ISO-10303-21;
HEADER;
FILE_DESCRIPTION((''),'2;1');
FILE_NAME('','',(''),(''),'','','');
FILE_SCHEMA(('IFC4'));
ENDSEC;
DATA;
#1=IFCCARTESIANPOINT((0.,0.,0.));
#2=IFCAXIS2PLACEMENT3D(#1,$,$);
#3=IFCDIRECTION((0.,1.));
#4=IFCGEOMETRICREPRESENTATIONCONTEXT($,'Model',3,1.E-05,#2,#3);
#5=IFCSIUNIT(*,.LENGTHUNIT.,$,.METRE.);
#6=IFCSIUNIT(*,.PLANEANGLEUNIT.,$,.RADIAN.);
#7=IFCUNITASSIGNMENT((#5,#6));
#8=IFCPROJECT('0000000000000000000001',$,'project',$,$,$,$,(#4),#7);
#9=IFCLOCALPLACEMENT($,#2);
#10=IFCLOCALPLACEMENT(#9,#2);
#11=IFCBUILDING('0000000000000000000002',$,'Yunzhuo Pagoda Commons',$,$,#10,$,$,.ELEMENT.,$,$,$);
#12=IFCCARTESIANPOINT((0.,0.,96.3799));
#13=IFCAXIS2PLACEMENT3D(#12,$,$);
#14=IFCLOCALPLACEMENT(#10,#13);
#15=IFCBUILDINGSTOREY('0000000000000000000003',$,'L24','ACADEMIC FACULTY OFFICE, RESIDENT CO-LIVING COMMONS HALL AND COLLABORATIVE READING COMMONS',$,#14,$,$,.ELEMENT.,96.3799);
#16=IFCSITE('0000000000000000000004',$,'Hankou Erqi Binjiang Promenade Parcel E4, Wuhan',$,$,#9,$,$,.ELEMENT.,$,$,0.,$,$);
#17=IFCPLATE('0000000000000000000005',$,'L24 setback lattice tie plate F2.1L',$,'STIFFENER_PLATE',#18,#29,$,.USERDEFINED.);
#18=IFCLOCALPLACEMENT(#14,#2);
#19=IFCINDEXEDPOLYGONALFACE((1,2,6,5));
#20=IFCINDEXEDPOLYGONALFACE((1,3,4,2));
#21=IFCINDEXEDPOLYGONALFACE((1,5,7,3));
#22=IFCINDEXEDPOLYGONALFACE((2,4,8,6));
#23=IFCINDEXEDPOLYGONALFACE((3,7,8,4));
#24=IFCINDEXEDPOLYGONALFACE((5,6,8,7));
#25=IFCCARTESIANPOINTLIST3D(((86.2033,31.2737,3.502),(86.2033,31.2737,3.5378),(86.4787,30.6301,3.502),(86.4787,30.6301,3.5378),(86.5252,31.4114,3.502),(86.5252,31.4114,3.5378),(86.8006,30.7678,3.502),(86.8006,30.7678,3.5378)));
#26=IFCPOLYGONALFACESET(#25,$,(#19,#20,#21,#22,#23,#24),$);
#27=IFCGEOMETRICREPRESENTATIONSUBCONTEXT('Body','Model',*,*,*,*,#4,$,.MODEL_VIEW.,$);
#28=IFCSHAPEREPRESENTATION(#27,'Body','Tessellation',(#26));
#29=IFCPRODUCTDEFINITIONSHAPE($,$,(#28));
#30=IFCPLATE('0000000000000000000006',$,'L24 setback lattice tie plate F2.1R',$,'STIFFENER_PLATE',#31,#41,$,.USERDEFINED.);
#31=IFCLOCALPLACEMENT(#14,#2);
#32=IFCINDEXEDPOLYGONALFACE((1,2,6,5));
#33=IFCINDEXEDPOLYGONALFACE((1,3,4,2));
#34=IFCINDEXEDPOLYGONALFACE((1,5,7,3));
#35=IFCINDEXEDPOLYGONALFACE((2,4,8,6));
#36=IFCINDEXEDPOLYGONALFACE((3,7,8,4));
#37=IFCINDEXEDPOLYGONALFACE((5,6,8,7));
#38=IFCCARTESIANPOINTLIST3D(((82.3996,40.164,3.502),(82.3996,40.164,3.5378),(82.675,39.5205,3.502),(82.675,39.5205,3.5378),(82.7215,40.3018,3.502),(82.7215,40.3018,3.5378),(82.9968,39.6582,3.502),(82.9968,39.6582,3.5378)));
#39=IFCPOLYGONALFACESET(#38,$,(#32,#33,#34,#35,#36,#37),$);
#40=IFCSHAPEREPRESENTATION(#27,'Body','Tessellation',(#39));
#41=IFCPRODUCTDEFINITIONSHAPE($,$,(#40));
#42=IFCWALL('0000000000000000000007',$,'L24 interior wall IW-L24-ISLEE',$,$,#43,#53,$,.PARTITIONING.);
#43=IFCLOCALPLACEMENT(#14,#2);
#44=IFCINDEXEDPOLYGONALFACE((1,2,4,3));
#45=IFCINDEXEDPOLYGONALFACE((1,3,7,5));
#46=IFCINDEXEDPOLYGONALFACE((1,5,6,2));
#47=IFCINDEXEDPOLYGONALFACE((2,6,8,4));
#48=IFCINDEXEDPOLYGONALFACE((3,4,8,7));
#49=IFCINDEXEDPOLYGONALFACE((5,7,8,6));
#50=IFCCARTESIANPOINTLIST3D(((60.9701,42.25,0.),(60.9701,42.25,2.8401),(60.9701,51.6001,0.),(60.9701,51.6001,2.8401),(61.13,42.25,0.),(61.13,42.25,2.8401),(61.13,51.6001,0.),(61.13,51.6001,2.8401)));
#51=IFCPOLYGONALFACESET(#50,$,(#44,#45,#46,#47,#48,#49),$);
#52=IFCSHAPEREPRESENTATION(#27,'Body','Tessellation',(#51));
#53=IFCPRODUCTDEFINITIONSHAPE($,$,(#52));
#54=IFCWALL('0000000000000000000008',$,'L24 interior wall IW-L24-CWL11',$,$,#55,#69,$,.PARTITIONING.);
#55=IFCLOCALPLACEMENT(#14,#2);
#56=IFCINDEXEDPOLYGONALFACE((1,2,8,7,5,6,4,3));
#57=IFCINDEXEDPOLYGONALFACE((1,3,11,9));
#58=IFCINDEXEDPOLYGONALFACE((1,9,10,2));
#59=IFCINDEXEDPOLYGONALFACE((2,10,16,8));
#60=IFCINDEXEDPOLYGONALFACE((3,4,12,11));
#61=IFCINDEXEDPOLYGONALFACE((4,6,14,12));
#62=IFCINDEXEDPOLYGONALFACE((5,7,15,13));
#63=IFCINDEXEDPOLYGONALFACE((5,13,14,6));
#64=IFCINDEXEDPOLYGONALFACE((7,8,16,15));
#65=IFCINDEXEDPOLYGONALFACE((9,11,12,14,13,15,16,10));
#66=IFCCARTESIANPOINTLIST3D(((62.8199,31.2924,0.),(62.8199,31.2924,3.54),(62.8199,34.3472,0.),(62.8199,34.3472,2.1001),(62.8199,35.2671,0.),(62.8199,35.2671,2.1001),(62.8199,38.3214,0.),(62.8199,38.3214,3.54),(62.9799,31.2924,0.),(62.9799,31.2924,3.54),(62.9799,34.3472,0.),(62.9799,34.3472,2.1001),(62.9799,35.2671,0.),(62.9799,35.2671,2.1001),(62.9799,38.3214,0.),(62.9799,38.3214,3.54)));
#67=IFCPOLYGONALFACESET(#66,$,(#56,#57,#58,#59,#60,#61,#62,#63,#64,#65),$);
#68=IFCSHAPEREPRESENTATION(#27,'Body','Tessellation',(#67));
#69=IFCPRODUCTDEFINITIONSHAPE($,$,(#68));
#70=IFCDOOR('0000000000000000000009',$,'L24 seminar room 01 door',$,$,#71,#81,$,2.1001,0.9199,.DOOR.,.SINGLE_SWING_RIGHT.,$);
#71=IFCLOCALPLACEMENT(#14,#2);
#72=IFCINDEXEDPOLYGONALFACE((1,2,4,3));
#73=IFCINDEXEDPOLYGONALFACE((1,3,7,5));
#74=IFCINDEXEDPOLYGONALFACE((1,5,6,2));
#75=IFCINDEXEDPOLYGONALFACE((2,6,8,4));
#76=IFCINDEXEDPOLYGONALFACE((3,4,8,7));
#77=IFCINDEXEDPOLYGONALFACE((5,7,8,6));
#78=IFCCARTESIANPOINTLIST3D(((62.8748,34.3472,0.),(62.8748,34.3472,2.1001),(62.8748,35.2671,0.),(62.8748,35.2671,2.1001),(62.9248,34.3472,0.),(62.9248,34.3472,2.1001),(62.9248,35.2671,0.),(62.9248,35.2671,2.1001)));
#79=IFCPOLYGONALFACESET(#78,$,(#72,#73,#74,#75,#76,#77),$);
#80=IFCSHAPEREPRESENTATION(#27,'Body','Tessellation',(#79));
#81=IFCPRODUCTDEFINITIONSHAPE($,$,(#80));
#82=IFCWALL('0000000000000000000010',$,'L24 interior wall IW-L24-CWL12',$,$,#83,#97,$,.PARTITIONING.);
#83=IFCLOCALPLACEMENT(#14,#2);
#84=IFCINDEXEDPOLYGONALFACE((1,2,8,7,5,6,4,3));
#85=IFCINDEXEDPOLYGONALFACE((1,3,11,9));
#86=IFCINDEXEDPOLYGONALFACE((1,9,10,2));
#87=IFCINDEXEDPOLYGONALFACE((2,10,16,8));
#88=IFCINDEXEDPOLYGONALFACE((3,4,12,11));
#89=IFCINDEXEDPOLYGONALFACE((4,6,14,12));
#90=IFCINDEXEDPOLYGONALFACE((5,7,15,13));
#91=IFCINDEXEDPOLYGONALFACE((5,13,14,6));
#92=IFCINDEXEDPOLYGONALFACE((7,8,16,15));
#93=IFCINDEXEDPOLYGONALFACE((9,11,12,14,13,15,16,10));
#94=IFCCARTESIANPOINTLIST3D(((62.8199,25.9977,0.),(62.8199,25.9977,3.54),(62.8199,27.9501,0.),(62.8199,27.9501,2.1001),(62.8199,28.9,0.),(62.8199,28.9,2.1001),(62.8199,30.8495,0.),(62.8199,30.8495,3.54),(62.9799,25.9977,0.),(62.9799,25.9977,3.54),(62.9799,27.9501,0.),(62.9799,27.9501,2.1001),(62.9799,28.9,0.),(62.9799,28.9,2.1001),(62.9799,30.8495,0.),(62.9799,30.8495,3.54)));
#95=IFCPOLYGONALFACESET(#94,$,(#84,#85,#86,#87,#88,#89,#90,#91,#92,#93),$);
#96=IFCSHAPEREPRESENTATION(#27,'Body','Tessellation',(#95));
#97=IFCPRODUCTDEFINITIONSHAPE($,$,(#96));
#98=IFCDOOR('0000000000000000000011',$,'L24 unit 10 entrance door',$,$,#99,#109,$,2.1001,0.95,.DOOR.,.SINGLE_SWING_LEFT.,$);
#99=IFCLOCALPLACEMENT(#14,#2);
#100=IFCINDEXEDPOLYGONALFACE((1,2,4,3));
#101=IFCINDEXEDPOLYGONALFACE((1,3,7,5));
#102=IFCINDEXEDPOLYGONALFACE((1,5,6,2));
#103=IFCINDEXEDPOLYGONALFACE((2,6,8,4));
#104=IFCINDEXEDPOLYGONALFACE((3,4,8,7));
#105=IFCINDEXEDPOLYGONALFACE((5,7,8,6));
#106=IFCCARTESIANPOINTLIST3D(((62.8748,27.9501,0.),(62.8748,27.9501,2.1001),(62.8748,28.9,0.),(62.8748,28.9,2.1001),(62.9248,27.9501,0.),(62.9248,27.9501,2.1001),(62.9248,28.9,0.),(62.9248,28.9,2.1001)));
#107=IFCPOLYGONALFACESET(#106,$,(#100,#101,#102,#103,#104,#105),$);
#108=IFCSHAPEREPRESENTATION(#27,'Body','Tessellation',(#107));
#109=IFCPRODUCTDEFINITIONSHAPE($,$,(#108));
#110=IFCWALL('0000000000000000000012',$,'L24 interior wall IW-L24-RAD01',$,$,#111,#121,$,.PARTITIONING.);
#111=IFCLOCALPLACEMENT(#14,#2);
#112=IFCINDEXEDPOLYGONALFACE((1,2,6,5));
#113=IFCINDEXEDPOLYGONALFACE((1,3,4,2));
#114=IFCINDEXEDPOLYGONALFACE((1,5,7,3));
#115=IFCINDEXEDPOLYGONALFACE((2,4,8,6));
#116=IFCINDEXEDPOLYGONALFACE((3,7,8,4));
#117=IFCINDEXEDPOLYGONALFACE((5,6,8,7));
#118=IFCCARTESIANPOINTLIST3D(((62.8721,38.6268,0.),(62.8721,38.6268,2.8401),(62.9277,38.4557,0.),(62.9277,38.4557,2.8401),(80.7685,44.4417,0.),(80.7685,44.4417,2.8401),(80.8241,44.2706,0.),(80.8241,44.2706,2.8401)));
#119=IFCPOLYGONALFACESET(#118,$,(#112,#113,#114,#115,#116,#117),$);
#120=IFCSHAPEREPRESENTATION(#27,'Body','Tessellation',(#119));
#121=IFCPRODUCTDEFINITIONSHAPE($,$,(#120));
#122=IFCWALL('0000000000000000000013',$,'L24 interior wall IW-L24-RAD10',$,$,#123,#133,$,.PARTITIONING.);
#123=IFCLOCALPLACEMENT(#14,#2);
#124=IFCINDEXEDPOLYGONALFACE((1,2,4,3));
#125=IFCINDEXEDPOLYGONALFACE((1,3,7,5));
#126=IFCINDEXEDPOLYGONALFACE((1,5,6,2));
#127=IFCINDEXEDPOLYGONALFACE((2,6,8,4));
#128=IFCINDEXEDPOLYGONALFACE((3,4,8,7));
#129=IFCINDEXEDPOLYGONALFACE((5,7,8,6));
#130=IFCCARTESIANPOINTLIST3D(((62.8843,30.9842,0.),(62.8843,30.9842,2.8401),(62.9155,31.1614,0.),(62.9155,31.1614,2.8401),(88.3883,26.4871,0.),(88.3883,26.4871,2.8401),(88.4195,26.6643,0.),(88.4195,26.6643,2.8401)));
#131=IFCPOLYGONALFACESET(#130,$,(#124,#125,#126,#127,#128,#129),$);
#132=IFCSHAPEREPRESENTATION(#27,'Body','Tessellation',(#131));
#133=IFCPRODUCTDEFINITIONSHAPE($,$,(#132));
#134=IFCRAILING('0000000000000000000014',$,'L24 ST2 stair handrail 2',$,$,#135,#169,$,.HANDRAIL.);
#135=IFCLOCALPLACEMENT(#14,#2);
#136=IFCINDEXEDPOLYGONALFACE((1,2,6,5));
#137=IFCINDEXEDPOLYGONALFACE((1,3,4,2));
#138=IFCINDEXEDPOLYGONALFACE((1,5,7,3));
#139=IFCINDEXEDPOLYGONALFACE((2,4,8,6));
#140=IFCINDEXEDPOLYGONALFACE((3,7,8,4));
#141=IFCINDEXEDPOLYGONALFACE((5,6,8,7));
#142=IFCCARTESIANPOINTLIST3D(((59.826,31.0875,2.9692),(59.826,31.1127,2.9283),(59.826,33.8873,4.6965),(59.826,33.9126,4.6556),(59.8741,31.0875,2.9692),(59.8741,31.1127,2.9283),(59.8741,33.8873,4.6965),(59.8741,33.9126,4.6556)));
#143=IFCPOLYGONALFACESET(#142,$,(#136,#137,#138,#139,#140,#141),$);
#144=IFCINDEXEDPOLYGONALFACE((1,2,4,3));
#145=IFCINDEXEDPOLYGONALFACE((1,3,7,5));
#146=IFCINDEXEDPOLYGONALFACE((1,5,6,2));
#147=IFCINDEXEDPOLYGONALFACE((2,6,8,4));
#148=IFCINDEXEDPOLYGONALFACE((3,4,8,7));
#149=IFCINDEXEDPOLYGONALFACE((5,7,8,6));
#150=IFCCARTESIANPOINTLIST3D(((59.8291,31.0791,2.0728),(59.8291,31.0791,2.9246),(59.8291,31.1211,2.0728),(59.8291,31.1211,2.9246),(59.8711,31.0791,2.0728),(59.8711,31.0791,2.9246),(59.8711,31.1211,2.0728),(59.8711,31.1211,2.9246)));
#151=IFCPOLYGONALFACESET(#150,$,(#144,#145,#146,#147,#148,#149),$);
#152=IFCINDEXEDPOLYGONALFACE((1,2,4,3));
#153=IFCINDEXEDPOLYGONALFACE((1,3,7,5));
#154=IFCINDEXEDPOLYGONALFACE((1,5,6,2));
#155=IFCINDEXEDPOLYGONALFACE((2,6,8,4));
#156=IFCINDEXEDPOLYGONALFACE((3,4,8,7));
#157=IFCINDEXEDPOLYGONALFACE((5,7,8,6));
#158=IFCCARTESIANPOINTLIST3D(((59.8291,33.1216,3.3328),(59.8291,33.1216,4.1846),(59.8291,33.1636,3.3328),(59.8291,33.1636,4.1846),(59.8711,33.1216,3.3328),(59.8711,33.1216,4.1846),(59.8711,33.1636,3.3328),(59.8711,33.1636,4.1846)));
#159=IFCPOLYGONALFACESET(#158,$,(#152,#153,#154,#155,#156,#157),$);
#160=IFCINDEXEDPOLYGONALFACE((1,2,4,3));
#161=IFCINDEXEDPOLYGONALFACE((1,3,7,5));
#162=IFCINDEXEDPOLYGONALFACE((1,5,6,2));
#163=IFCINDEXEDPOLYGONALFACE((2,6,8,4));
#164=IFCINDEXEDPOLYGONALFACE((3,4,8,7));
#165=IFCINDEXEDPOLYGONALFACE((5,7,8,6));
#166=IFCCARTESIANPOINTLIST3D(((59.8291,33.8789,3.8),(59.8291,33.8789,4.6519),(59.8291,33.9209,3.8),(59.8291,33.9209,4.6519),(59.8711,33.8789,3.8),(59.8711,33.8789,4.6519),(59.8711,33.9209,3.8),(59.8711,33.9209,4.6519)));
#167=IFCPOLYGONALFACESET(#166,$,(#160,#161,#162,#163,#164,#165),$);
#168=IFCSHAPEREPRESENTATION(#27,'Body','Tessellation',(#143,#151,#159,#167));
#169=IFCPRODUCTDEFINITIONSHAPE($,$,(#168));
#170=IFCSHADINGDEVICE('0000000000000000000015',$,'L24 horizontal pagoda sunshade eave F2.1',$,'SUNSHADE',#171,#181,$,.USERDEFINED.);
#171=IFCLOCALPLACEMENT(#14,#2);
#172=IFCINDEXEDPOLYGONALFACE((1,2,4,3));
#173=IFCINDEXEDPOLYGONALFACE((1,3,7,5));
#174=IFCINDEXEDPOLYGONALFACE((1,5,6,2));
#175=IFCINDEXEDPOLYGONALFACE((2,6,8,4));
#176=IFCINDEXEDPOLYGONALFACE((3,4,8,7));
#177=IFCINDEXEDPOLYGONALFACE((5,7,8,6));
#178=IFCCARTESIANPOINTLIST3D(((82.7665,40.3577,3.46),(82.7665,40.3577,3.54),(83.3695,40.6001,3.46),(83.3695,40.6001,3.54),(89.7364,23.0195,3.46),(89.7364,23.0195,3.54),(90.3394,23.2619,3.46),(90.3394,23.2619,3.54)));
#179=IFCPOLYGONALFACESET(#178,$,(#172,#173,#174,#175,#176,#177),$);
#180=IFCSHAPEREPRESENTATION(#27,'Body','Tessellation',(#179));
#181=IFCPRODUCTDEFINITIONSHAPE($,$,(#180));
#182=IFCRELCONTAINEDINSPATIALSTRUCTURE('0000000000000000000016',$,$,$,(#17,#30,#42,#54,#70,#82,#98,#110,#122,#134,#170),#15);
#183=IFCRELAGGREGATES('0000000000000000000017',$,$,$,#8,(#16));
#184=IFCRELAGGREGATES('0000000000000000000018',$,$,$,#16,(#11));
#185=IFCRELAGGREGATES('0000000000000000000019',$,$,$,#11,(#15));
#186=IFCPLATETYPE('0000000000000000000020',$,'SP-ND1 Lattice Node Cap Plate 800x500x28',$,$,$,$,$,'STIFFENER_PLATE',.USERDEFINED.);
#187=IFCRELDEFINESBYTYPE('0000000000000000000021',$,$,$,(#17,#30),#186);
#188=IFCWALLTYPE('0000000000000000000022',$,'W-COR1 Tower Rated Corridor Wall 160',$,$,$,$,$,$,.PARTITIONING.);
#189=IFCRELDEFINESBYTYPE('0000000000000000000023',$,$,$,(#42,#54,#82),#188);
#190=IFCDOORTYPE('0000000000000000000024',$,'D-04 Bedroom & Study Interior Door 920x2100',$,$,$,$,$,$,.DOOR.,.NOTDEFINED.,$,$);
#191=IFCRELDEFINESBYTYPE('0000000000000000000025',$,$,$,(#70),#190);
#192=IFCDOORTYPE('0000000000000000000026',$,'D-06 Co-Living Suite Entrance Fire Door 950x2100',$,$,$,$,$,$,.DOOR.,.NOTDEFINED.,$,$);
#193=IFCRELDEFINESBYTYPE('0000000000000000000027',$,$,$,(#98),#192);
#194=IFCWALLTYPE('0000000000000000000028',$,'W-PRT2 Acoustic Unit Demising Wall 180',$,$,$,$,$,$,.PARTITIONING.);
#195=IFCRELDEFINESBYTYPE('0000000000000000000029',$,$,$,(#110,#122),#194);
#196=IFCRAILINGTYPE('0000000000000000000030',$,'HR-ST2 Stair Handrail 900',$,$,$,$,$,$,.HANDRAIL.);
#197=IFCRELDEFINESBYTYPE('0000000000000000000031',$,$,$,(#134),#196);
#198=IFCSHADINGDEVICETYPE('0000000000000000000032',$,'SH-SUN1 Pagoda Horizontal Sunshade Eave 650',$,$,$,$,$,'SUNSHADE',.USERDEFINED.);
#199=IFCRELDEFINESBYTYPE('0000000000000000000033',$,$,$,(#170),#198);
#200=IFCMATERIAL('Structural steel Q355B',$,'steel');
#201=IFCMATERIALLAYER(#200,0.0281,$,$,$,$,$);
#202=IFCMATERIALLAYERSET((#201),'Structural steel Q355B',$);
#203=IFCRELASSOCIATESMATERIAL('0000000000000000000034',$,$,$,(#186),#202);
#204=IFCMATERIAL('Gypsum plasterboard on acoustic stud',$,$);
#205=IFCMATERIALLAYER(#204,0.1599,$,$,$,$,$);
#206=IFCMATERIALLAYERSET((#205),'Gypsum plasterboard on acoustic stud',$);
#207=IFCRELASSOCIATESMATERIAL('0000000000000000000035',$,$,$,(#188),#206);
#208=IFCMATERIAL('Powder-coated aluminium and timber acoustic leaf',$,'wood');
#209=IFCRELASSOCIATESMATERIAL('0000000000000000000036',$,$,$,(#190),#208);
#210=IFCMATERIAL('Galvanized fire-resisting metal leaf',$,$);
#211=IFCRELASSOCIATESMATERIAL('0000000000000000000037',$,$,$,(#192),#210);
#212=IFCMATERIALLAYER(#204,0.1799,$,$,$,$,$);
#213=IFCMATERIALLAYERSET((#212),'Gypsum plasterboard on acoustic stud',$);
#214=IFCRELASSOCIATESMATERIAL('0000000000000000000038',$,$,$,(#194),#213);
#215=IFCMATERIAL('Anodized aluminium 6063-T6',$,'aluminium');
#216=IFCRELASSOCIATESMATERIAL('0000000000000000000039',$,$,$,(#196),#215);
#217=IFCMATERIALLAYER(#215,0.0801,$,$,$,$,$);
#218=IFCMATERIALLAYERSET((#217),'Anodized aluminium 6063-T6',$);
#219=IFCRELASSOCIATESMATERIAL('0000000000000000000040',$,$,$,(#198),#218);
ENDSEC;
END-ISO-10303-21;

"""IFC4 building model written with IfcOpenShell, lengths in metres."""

from ifc_helpers import new_model, si_unit, direction, frame, frame_2d, origin, origin_with_axes, origin_2d, place, context, subcontext, project, spatial, rectangle, extrude, source, transform, mapped, material, layer, layer_set, type_object, element, fill, save


model = new_model("IFC4")

# Units and contexts
model_context = context("Model", 3, precision=1e-05, world=origin(), true_north=direction((0.0, 1.0)))
body_context = subcontext(model_context, "Body", "Model", "MODEL_VIEW")
ifc_project = project(units=[si_unit("LENGTHUNIT", "METRE"), si_unit("PLANEANGLEUNIT", "RADIAN")], contexts=[model_context])

# Site, building, storey
site_placement = place(None, origin())
site = spatial("IfcSite", under=ifc_project, at=site_placement, Name="Hankou Erqi Binjiang Promenade Parcel E4, Wuhan", CompositionType="ELEMENT", RefElevation=0.0)
building_placement = place(site_placement, origin())
building = spatial("IfcBuilding", under=site, at=building_placement, Name="Yunzhuo Pagoda Commons", CompositionType="ELEMENT")
storey_placement = place(building_placement, frame((0.0, 0.0, 96.3799)))
storey = spatial("IfcBuildingStorey", under=building, at=storey_placement, Name="L24", Description="ACADEMIC FACULTY OFFICE, RESIDENT CO-LIVING COMMONS HALL AND COLLABORATIVE READING COMMONS", CompositionType="ELEMENT", Elevation=96.3799)

# Shared definitions
ifc_material_1 = material(Name="Structural steel Q355B", Category="steel")

# Shared definitions
ifc_material_2 = material(Name="Anodized aluminium 6063-T6", Category="aluminium")

# Plates
ifc_layer_1 = layer(ifc_material_1, 0.0281)
ifc_layer_set_1 = layer_set([ifc_layer_1], Name="Structural steel Q355B")
plate_type_1 = type_object("IfcPlateType", Name="SP-ND1 Lattice Node Cap Plate 800x500x28", ElementType="STIFFENER_PLATE", PredefinedType="USERDEFINED", material=ifc_layer_set_1)
shared_shape_1 = source(origin(), body_context, "Body", "SweptSolid", [
    extrude(rectangle(XDim=0.7, YDim=0.3501, at=origin_2d()), origin(), (0.0, 0.0, 1.0), 0.0359),
])
for number, where, z_axis, x_axis, name in (
    (1, (86.502, 31.0208, 3.502), (0.0, 0.0, 1.0), (-0.393364, 0.919383, 0.0), "L24 setback lattice tie plate F2.1L"),
    (2, (82.6982, 39.9111, 3.502), (0.0, 0.0, 1.0), (-0.393364, 0.919383, 0.0), "L24 setback lattice tie plate F2.1R"),
):
    element("IfcPlate", number, at=place(storey_placement, frame(where, z_axis=z_axis, x_axis=x_axis)), inside=storey, type_object=plate_type_1, Name=name, ObjectType="STIFFENER_PLATE", PredefinedType="USERDEFINED", context=body_context, shape_type="MappedRepresentation", body=[
        mapped(shared_shape_1, transform((0.0, 0.0, 0.0), scale=1.0)),
    ])

# Wall
ifc_material_3 = material(Name="Gypsum plasterboard on acoustic stud")
ifc_layer_2 = layer(ifc_material_3, 0.1599)
ifc_layer_set_2 = layer_set([ifc_layer_2], Name="Gypsum plasterboard on acoustic stud")
wall_type_1 = type_object("IfcWallType", Name="W-COR1 Tower Rated Corridor Wall 160", PredefinedType="PARTITIONING", material=ifc_layer_set_2)
wall_1_placement = place(storey_placement, frame((61.05, 42.25, 0.0), z_axis=(0.0, 0.0, 1.0), x_axis=(0.0, 1.0, 0.0)))
element("IfcWall", 3, at=wall_1_placement, inside=storey, type_object=wall_type_1, Name="L24 interior wall IW-L24-ISLEE", PredefinedType="PARTITIONING", context=body_context, shape_type="SweptSolid", body=[
    extrude(rectangle(XDim=9.3501, YDim=0.1599, at=frame_2d((4.675, 0.0))), origin(), (0.0, 0.0, 1.0), 2.8401),
])

# Walls, openings, doors
wall_2_placement = place(storey_placement, frame((62.8999, 38.3215, 0.0), z_axis=(0.0, 0.0, 1.0), x_axis=(0.0, -1.0, 0.0)))
wall_2 = element("IfcWall", 4, at=wall_2_placement, inside=storey, type_object=wall_type_1, Name="L24 interior wall IW-L24-CWL11", PredefinedType="PARTITIONING", context=body_context, shape_type="SweptSolid", body=[
    extrude(rectangle(XDim=7.0291, YDim=0.1599, at=frame_2d((3.5146, 0.0))), origin(), (0.0, 0.0, 1.0), 3.54),
])
opening_1_placement = place(wall_2_placement, frame((3.0544, 0.0, 0.0)))
opening_1 = element("IfcOpeningElement", 5, at=opening_1_placement, cuts=wall_2, PredefinedType="OPENING", context=body_context, shape_type="SweptSolid", body=[
    extrude(rectangle(XDim=0.9199, YDim=2.1001, at=frame_2d((0.46, 1.05))), frame((0.0, 0.0898, 0.0), z_axis=(0.0, -1.0, 0.0), x_axis=(1.0, 0.0, 0.0)), (0.0, 0.0, 1.0), 0.1799),
])
ifc_material_4 = material(Name="Powder-coated aluminium and timber acoustic leaf", Category="wood")
door_type_1 = type_object("IfcDoorType", Name="D-04 Bedroom & Study Interior Door 920x2100", OperationType="NOTDEFINED", PredefinedType="DOOR", material=ifc_material_4)
shared_shape_2 = source(origin(), body_context, "Body", "SweptSolid", [
    extrude(rectangle(XDim=0.9199, YDim=2.1001, at=frame_2d((0.46, 1.05))), frame((0.0, 0.0249, 0.0), z_axis=(0.0, -1.0, 0.0), x_axis=(1.0, 0.0, 0.0)), (0.0, 0.0, 1.0), 0.05),
])
door_1_placement = place(opening_1_placement, origin_with_axes())
door_1 = element("IfcDoor", 6, at=door_1_placement, inside=storey, type_object=door_type_1, Name="L24 seminar room 01 door", OperationType="SINGLE_SWING_RIGHT", OverallHeight=2.1001, OverallWidth=0.9199, PredefinedType="DOOR", context=body_context, shape_type="MappedRepresentation", body=[
    mapped(shared_shape_2, transform((0.0, 0.0, 0.0), scale=1.0)),
])
fill(opening_1, door_1)
wall_3_placement = place(storey_placement, frame((62.8999, 30.8494, 0.0), z_axis=(0.0, 0.0, 1.0), x_axis=(0.0, -1.0, 0.0)))
wall_3 = element("IfcWall", 7, at=wall_3_placement, inside=storey, type_object=wall_type_1, Name="L24 interior wall IW-L24-CWL12", PredefinedType="PARTITIONING", context=body_context, shape_type="SweptSolid", body=[
    extrude(rectangle(XDim=4.8518, YDim=0.1599, at=frame_2d((2.4258, 0.0))), origin(), (0.0, 0.0, 1.0), 3.54),
])
opening_2_placement = place(wall_3_placement, frame((1.9492, 0.0, 0.0)))
opening_2 = element("IfcOpeningElement", 8, at=opening_2_placement, cuts=wall_3, PredefinedType="OPENING", context=body_context, shape_type="SweptSolid", body=[
    extrude(rectangle(XDim=0.95, YDim=2.1001, at=frame_2d((0.4751, 1.05))), frame((0.0, 0.0898, 0.0), z_axis=(0.0, -1.0, 0.0), x_axis=(1.0, 0.0, 0.0)), (0.0, 0.0, 1.0), 0.1799),
])
ifc_material_5 = material(Name="Galvanized fire-resisting metal leaf")
door_type_2 = type_object("IfcDoorType", Name="D-06 Co-Living Suite Entrance Fire Door 950x2100", OperationType="NOTDEFINED", PredefinedType="DOOR", material=ifc_material_5)
shared_shape_3 = source(origin(), body_context, "Body", "SweptSolid", [
    extrude(rectangle(XDim=0.95, YDim=2.1001, at=frame_2d((0.4751, 1.05))), frame((0.0, 0.0249, 0.0), z_axis=(0.0, -1.0, 0.0), x_axis=(1.0, 0.0, 0.0)), (0.0, 0.0, 1.0), 0.05),
])
door_2_placement = place(opening_2_placement, origin_with_axes())
door_2 = element("IfcDoor", 9, at=door_2_placement, inside=storey, type_object=door_type_2, Name="L24 unit 10 entrance door", OperationType="SINGLE_SWING_LEFT", OverallHeight=2.1001, OverallWidth=0.95, PredefinedType="DOOR", context=body_context, shape_type="MappedRepresentation", body=[
    mapped(shared_shape_3, transform((0.0, 0.0, 0.0), scale=1.0)),
])
fill(opening_2, door_2)

# Walls
ifc_layer_3 = layer(ifc_material_3, 0.1799)
ifc_layer_set_3 = layer_set([ifc_layer_3], Name="Gypsum plasterboard on acoustic stud")
wall_type_2 = type_object("IfcWallType", Name="W-PRT2 Acoustic Unit Demising Wall 180", PredefinedType="PARTITIONING", material=ifc_layer_set_3)
wall_4_placement = place(storey_placement, frame((62.8999, 38.5413, 0.0), z_axis=(0.0, 0.0, 1.0), x_axis=(0.951056, 0.309018, 0.0)))
element("IfcWall", 10, at=wall_4_placement, inside=storey, type_object=wall_type_2, Name="L24 interior wall IW-L24-RAD01", PredefinedType="PARTITIONING", context=body_context, shape_type="SweptSolid", body=[
    extrude(rectangle(XDim=18.8174, YDim=0.1799, at=frame_2d((9.4087, 0.0))), origin(), (0.0, 0.0, 1.0), 2.8401),
])
wall_5_placement = place(storey_placement, frame((62.8999, 31.0728, 0.0), z_axis=(0.0, 0.0, 1.0), x_axis=(0.984807, -0.17365, 0.0)))
element("IfcWall", 11, at=wall_5_placement, inside=storey, type_object=wall_type_2, Name="L24 interior wall IW-L24-RAD10", PredefinedType="PARTITIONING", context=body_context, shape_type="SweptSolid", body=[
    extrude(rectangle(XDim=25.8975, YDim=0.1799, at=frame_2d((12.9487, 0.0))), origin(), (0.0, 0.0, 1.0), 2.8401),
])

# Railing
railing_type = type_object("IfcRailingType", Name="HR-ST2 Stair Handrail 900", PredefinedType="HANDRAIL", material=ifc_material_2)
railing_placement = place(storey_placement, frame((59.8501, 31.1001, 2.0728)))
element("IfcRailing", 12, at=railing_placement, inside=storey, type_object=railing_type, Name="L24 ST2 stair handrail 2", PredefinedType="HANDRAIL", context=body_context, shape_type="SweptSolid", body=[
    extrude(rectangle(XDim=0.0481, YDim=0.0481, at=origin_2d()), frame((0.0, 0.0, 0.876), z_axis=(0.0, 0.851069, 0.525054), x_axis=(-1.0, 0.0, 0.0)), (0.0, 0.0, 1.0), 3.2898),
    extrude(rectangle(XDim=0.042, YDim=0.042, at=origin_2d()), origin(), (0.0, 0.0, 1.0), 0.8518),
    extrude(rectangle(XDim=0.042, YDim=0.042, at=origin_2d()), frame((0.0, 2.0425, 1.26)), (0.0, 0.0, 1.0), 0.8518),
    extrude(rectangle(XDim=0.042, YDim=0.042, at=origin_2d()), frame((0.0, 2.7998, 1.7273)), (0.0, 0.0, 1.0), 0.8518),
])

# Shading device
ifc_layer_4 = layer(ifc_material_2, 0.0801)
ifc_layer_set_4 = layer_set([ifc_layer_4], Name="Anodized aluminium 6063-T6")
shading_device_type = type_object("IfcShadingDeviceType", Name="SH-SUN1 Pagoda Horizontal Sunshade Eave 650", ElementType="SUNSHADE", PredefinedType="USERDEFINED", material=ifc_layer_set_4)
shared_shape_4 = source(origin(), body_context, "Body", "SweptSolid", [
    extrude(rectangle(XDim=18.6868, YDim=0.6499, at=origin_2d()), origin(), (0.0, 0.0, 1.0), 0.0801),
])
shading_device_placement = place(storey_placement, frame((86.553, 31.8098, 3.46), z_axis=(0.0, 0.0, 1.0), x_axis=(-0.372988, 0.927836, 0.0)))
element("IfcShadingDevice", 13, at=shading_device_placement, inside=storey, type_object=shading_device_type, Name="L24 horizontal pagoda sunshade eave F2.1", ObjectType="SUNSHADE", PredefinedType="USERDEFINED", context=body_context, shape_type="MappedRepresentation", body=[
    mapped(shared_shape_4, transform((0.0, 0.0, 0.0), scale=1.0)),
])

save(model, "model.ifc")
